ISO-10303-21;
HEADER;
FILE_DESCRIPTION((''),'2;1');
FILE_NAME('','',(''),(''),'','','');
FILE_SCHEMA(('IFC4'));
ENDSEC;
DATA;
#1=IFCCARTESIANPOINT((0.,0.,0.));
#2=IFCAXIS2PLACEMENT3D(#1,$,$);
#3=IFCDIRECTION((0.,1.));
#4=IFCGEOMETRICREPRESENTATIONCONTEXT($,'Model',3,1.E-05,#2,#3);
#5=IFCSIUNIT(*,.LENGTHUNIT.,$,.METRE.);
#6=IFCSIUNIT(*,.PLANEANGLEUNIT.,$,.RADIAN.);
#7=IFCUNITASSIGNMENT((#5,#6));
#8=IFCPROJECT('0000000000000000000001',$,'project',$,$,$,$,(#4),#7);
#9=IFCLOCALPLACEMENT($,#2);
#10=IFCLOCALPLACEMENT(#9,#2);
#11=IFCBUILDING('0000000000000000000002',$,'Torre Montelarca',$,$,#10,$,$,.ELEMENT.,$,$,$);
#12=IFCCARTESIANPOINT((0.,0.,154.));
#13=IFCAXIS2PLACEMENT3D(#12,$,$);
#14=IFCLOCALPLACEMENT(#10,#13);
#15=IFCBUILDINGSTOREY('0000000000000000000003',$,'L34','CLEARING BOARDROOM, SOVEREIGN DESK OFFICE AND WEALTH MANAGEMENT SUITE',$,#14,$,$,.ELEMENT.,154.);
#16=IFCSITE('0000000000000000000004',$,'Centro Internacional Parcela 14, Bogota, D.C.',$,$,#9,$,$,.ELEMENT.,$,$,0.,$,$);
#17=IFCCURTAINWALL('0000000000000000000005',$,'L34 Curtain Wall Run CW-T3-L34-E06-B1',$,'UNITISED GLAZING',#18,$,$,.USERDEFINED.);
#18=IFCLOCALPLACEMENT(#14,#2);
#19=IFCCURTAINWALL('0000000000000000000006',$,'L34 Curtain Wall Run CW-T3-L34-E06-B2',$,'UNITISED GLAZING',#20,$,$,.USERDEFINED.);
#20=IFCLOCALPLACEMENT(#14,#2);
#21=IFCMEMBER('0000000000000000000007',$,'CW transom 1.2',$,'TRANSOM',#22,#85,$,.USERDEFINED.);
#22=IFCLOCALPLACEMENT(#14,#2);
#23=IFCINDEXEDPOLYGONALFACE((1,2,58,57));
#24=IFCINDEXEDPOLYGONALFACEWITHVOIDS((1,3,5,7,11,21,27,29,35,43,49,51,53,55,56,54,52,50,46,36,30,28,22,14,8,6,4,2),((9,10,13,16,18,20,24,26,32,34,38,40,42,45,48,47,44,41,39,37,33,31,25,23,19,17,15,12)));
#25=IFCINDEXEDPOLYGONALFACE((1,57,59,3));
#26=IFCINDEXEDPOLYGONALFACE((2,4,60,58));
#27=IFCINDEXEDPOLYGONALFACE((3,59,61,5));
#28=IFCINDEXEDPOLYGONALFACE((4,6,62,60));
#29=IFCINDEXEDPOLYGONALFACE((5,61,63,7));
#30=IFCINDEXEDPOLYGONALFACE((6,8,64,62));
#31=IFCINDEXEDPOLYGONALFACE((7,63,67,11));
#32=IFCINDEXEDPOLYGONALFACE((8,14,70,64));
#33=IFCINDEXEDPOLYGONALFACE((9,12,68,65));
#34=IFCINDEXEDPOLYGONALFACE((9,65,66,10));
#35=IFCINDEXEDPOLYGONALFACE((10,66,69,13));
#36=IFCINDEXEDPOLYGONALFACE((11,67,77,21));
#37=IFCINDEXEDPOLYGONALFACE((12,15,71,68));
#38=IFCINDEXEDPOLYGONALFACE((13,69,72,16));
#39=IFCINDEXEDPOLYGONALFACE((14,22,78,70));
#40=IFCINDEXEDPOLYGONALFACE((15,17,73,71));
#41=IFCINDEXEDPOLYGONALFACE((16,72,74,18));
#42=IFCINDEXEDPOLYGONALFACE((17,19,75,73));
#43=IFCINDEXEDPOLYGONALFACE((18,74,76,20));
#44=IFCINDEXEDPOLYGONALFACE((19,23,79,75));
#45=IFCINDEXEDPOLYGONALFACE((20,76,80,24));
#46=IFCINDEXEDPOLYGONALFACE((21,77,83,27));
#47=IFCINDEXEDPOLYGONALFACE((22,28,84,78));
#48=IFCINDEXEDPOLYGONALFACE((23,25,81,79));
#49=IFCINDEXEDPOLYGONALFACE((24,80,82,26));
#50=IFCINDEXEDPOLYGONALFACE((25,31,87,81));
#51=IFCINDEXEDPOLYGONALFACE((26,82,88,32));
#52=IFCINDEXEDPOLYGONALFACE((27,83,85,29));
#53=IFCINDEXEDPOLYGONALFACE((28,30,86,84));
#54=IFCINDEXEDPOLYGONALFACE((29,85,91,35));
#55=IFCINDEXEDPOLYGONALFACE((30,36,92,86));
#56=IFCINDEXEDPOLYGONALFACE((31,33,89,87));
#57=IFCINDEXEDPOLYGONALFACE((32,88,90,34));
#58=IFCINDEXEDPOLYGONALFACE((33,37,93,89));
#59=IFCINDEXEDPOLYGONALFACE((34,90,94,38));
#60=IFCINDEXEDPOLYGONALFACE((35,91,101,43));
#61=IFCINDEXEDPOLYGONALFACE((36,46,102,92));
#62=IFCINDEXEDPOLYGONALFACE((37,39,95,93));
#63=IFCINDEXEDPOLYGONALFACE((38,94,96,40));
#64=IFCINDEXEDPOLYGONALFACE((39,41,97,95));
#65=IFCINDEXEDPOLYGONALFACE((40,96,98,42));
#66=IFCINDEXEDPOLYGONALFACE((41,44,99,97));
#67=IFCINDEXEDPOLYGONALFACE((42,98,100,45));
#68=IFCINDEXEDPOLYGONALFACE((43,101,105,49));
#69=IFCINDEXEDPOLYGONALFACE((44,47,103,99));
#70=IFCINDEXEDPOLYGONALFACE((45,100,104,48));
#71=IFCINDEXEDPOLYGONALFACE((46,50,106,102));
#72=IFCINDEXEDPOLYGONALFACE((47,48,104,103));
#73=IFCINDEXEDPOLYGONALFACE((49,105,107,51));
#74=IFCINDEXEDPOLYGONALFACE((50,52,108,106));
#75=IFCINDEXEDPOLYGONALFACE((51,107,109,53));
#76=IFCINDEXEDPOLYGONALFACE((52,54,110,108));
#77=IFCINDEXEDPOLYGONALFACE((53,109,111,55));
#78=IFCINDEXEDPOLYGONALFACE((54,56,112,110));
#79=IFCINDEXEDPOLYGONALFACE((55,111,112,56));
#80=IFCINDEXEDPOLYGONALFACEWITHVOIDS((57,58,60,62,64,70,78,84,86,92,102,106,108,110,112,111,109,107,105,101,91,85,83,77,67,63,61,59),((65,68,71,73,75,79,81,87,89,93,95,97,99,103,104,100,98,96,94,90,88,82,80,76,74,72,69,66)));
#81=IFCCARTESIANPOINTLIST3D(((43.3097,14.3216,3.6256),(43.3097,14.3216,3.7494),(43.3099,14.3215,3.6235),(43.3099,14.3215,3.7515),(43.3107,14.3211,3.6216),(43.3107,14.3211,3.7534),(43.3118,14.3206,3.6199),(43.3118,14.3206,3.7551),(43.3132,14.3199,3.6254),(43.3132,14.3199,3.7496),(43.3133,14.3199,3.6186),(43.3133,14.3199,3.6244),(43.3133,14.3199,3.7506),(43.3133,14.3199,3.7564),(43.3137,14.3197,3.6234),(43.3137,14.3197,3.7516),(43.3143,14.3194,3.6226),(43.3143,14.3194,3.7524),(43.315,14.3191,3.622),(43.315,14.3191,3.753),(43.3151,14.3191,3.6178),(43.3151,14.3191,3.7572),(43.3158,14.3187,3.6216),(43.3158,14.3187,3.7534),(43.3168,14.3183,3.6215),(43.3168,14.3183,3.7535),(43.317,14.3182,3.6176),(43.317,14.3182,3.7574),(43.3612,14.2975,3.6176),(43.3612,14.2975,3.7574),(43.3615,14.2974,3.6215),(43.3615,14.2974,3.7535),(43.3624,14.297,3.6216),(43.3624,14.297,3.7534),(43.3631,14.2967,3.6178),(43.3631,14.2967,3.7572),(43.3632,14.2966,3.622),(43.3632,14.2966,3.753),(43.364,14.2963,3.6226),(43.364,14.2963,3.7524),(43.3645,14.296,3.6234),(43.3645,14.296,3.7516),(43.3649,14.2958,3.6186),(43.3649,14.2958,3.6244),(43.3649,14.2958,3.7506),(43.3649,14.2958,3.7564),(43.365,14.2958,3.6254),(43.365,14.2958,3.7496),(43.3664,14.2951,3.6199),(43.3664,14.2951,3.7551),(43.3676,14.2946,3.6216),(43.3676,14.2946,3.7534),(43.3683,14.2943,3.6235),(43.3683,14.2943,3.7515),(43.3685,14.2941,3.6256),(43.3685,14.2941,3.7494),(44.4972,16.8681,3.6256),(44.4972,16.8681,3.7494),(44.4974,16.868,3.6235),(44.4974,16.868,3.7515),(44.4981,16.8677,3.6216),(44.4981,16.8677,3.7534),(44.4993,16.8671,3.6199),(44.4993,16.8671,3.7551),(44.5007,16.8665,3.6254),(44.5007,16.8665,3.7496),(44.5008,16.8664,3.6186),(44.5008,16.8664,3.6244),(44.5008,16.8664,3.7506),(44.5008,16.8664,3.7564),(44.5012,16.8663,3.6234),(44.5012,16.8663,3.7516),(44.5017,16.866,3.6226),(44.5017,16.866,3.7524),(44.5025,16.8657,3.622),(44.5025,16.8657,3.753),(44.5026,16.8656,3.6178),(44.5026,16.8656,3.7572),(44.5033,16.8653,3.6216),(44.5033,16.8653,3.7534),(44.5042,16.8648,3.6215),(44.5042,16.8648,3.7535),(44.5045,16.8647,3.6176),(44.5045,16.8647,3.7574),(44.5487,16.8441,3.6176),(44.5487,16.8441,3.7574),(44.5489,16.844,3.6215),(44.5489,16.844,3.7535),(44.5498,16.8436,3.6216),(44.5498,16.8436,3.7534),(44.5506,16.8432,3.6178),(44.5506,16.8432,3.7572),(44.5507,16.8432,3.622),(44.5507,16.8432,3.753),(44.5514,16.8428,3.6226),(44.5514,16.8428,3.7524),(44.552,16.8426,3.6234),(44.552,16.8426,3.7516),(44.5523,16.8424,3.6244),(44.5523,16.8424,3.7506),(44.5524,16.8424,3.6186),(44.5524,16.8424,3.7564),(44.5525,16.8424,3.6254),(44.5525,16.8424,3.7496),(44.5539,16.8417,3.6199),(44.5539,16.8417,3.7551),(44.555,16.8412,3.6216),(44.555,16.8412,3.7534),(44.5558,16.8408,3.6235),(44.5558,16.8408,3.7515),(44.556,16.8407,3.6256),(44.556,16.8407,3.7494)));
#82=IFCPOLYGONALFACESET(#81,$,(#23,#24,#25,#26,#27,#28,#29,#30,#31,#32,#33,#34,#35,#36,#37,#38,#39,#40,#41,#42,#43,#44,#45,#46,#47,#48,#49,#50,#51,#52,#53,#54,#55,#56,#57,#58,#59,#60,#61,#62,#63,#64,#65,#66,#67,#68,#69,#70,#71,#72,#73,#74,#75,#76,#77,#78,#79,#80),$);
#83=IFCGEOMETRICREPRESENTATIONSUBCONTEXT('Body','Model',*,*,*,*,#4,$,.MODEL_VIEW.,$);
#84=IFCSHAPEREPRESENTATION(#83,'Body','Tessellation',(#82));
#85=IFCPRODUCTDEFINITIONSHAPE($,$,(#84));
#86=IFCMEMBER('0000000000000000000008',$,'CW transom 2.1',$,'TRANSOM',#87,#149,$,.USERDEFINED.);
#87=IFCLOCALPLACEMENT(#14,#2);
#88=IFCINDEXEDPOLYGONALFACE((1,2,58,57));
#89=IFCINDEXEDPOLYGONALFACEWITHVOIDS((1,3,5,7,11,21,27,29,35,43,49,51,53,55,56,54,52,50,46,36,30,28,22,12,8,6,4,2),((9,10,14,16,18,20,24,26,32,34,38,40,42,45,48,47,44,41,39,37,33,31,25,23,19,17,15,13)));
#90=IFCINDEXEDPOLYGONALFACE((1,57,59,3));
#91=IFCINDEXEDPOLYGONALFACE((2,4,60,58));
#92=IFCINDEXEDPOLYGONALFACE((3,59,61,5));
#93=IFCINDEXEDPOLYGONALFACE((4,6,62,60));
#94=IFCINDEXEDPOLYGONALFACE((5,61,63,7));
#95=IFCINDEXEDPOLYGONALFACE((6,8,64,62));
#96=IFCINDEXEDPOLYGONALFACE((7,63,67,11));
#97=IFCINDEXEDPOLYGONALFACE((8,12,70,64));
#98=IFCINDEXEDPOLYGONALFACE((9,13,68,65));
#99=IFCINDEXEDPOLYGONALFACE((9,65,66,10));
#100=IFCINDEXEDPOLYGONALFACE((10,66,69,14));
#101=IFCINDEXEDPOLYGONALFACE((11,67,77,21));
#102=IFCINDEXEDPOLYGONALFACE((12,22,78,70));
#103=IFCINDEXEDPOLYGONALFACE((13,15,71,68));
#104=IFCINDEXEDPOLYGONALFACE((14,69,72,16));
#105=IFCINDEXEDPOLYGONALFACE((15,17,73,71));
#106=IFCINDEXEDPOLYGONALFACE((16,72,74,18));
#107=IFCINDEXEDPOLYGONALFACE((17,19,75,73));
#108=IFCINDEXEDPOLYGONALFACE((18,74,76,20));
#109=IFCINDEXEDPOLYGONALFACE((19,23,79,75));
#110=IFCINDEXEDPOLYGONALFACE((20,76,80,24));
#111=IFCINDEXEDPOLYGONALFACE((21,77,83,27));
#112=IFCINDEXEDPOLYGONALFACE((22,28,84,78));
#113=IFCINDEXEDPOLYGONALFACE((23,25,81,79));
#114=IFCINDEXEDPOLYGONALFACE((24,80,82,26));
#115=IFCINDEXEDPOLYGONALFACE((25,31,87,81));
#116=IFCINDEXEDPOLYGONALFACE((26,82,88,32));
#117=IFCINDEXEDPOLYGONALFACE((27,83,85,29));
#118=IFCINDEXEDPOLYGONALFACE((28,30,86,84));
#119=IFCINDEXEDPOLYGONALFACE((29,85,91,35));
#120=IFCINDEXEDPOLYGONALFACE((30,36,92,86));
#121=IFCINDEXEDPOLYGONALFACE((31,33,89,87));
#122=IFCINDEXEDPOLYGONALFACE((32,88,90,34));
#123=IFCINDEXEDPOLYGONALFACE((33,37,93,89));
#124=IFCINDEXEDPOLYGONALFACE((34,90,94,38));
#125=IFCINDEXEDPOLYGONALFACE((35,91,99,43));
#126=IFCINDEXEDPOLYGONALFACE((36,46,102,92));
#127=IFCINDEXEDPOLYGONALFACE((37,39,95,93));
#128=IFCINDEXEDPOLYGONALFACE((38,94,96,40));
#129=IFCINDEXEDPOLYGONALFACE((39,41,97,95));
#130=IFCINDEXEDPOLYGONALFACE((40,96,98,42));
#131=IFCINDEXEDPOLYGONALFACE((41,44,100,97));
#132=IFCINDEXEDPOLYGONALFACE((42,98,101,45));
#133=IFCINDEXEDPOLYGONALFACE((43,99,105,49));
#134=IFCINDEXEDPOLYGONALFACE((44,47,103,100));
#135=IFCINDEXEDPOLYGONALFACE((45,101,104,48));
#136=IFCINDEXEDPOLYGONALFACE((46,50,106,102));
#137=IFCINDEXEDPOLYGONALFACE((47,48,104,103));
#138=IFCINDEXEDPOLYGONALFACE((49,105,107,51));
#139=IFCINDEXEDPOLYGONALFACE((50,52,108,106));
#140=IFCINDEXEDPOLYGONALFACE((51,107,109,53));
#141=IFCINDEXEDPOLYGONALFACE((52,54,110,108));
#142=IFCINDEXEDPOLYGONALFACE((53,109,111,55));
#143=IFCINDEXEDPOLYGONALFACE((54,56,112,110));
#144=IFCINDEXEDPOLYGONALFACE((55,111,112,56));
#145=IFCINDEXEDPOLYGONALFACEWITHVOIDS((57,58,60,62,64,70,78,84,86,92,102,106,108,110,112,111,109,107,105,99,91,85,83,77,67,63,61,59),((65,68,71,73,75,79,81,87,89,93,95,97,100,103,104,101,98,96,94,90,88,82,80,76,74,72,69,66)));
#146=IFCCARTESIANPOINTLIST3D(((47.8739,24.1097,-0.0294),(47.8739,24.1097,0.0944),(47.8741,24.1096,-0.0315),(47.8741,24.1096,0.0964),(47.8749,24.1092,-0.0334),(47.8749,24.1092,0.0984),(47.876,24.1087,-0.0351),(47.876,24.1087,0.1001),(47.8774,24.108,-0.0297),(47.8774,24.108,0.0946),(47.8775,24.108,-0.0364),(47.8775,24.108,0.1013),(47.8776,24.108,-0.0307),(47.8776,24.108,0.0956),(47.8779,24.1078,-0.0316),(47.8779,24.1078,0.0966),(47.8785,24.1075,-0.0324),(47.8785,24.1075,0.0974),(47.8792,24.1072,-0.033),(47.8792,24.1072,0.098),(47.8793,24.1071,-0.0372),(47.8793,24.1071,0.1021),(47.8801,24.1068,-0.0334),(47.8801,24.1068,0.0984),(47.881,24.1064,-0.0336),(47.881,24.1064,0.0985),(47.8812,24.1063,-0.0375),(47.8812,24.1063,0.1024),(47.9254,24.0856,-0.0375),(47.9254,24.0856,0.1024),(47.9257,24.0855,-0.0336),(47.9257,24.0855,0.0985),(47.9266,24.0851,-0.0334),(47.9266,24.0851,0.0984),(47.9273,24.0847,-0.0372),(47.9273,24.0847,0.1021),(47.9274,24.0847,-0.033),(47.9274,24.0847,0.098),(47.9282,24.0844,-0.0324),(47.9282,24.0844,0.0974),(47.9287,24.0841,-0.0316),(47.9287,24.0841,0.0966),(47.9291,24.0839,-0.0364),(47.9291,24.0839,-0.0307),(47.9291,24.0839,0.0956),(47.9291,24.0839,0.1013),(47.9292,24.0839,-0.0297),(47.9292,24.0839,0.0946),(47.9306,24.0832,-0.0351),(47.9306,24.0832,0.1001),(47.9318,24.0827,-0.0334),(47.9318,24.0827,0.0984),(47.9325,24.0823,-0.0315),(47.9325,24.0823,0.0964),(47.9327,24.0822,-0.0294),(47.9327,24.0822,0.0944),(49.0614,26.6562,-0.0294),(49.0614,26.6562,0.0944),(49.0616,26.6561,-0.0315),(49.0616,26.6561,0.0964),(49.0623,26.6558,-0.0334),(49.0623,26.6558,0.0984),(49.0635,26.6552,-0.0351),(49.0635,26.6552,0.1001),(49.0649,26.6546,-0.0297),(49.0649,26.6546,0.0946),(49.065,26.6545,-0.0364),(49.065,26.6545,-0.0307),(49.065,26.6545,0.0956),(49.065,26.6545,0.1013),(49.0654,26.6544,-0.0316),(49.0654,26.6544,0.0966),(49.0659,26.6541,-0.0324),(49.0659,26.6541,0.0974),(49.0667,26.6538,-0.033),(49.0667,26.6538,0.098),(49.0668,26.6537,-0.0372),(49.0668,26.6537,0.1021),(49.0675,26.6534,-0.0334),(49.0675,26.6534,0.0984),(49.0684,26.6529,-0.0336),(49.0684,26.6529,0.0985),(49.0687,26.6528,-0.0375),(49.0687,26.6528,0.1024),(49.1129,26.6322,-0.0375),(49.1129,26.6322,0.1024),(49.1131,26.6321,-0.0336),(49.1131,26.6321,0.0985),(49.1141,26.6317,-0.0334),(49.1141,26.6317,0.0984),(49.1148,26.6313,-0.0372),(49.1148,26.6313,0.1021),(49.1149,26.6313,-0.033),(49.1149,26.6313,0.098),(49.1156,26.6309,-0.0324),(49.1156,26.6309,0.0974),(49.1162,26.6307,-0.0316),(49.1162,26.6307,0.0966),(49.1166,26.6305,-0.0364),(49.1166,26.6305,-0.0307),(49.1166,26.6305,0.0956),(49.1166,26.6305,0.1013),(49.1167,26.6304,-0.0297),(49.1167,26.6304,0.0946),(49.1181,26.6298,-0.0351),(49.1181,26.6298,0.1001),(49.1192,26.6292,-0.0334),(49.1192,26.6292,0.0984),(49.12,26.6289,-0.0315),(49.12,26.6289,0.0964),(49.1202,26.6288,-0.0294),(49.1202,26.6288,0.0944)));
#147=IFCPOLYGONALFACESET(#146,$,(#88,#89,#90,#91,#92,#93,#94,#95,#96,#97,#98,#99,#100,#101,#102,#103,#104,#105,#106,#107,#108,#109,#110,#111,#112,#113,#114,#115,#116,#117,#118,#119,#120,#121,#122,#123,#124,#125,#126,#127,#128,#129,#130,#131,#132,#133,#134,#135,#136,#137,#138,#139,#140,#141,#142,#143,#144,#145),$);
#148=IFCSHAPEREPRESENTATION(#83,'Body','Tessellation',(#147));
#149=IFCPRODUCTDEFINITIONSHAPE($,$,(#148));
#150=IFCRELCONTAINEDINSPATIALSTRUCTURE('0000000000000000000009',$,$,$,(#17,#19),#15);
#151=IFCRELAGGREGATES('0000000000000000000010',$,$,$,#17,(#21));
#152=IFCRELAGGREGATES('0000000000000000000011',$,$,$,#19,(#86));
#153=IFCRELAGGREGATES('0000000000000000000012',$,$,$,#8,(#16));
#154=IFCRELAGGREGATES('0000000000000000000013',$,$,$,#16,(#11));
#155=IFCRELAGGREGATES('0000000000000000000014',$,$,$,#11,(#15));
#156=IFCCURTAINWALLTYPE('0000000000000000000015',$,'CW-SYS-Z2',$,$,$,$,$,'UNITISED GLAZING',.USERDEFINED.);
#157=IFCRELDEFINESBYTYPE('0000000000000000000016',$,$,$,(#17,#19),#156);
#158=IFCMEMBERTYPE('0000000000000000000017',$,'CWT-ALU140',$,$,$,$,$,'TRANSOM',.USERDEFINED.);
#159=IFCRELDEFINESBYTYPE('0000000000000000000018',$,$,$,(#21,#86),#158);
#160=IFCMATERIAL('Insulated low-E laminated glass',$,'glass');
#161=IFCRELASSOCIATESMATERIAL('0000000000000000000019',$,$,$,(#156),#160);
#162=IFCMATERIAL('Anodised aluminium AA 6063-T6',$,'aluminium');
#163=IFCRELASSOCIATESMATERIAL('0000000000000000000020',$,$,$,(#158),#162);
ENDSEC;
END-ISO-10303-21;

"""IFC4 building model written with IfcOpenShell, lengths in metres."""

from ifc_helpers import new_model, si_unit, direction, frame, origin, origin_2d, place, context, subcontext, project, spatial, hollow_rectangle, extrude, source, transform, mapped, material, material_profile, profile_set, type_object, element, aggregate, save


model = new_model("IFC4")

# Units and contexts
model_context = context("Model", 3, precision=1e-05, world=origin(), true_north=direction((0.0, 1.0)))
body_context = subcontext(model_context, "Body", "Model", "MODEL_VIEW")
ifc_project = project(units=[si_unit("LENGTHUNIT", "METRE"), si_unit("PLANEANGLEUNIT", "RADIAN")], contexts=[model_context])

# Site, building, storey
site_placement = place(None, origin())
site = spatial("IfcSite", under=ifc_project, at=site_placement, Name="Centro Internacional Parcela 14, Bogota, D.C.", CompositionType="ELEMENT", RefElevation=0.0)
building_placement = place(site_placement, origin())
building = spatial("IfcBuilding", under=site, at=building_placement, Name="Torre Montelarca", CompositionType="ELEMENT")
storey_placement = place(building_placement, frame((0.0, 0.0, 154.0)))
storey = spatial("IfcBuildingStorey", under=building, at=storey_placement, Name="L34", Description="CLEARING BOARDROOM, SOVEREIGN DESK OFFICE AND WEALTH MANAGEMENT SUITE", CompositionType="ELEMENT", Elevation=154.0)

# Curtain walls
ifc_material_1 = material(Name="Insulated low-E laminated glass", Category="glass")
curtain_wall_type = type_object("IfcCurtainWallType", Name="CW-SYS-Z2", ElementType="UNITISED GLAZING", PredefinedType="USERDEFINED", material=ifc_material_1)
ifc_material_2 = material(Name="Anodised aluminium AA 6063-T6", Category="aluminium")
ifc_material_profile_1 = material_profile(ifc_material_2, hollow_rectangle(XDim=0.0649, YDim=0.1399, WallThickness=0.0039, InnerFilletRadius=0.0039, OuterFilletRadius=0.0081, at=origin_2d()), Name="ALU65X140X4", Category="aluminium")
ifc_profile_set_1 = profile_set([ifc_material_profile_1], Name="Anodised aluminium AA 6063-T6")
member_type_1 = type_object("IfcMemberType", Name="CWT-ALU140", ElementType="TRANSOM", PredefinedType="USERDEFINED", material=ifc_profile_set_1)
curtain_wall_1_placement = place(storey_placement, origin())
curtain_wall_1 = element("IfcCurtainWall", 1, at=curtain_wall_1_placement, inside=storey, type_object=curtain_wall_type, Name="L34 Curtain Wall Run CW-T3-L34-E06-B1", ObjectType="UNITISED GLAZING", PredefinedType="USERDEFINED")
curtain_wall_2_placement = place(storey_placement, origin())
curtain_wall_2 = element("IfcCurtainWall", 2, at=curtain_wall_2_placement, inside=storey, type_object=curtain_wall_type, Name="L34 Curtain Wall Run CW-T3-L34-E06-B2", ObjectType="UNITISED GLAZING", PredefinedType="USERDEFINED")

# Members
shared_shape_1 = source(origin(), body_context, "Body", "SweptSolid", [
    extrude(hollow_rectangle(XDim=0.0649, YDim=0.1399, WallThickness=0.0039, InnerFilletRadius=0.0039, OuterFilletRadius=0.0081, at=origin_2d()), origin(), (0.0, 0.0, 1.0), 2.8098),
])
member_1_placement = place(storey_placement, frame((43.3391, 14.3079, 3.6875), z_axis=(0.422614, 0.90631, 0.0), x_axis=(-0.90631, 0.422614, 0.0)))
member_1 = element("IfcMember", 3, at=member_1_placement, type_object=member_type_1, Name="CW transom 1.2", ObjectType="TRANSOM", PredefinedType="USERDEFINED", context=body_context, shape_type="MappedRepresentation", body=[
    mapped(shared_shape_1, transform((0.0, 0.0, 0.0), scale=1.0)),
])
member_2_placement = place(storey_placement, frame((47.9033, 24.0959, 0.0325), z_axis=(0.422614, 0.90631, 0.0), x_axis=(-0.90631, 0.422614, 0.0)))
member_2 = element("IfcMember", 4, at=member_2_placement, type_object=member_type_1, Name="CW transom 2.1", ObjectType="TRANSOM", PredefinedType="USERDEFINED", context=body_context, shape_type="MappedRepresentation", body=[
    mapped(shared_shape_1, transform((0.0, 0.0, 0.0), scale=1.0)),
])

aggregate(curtain_wall_1, [member_1])
aggregate(curtain_wall_2, [member_2])

save(model, "model.ifc")
